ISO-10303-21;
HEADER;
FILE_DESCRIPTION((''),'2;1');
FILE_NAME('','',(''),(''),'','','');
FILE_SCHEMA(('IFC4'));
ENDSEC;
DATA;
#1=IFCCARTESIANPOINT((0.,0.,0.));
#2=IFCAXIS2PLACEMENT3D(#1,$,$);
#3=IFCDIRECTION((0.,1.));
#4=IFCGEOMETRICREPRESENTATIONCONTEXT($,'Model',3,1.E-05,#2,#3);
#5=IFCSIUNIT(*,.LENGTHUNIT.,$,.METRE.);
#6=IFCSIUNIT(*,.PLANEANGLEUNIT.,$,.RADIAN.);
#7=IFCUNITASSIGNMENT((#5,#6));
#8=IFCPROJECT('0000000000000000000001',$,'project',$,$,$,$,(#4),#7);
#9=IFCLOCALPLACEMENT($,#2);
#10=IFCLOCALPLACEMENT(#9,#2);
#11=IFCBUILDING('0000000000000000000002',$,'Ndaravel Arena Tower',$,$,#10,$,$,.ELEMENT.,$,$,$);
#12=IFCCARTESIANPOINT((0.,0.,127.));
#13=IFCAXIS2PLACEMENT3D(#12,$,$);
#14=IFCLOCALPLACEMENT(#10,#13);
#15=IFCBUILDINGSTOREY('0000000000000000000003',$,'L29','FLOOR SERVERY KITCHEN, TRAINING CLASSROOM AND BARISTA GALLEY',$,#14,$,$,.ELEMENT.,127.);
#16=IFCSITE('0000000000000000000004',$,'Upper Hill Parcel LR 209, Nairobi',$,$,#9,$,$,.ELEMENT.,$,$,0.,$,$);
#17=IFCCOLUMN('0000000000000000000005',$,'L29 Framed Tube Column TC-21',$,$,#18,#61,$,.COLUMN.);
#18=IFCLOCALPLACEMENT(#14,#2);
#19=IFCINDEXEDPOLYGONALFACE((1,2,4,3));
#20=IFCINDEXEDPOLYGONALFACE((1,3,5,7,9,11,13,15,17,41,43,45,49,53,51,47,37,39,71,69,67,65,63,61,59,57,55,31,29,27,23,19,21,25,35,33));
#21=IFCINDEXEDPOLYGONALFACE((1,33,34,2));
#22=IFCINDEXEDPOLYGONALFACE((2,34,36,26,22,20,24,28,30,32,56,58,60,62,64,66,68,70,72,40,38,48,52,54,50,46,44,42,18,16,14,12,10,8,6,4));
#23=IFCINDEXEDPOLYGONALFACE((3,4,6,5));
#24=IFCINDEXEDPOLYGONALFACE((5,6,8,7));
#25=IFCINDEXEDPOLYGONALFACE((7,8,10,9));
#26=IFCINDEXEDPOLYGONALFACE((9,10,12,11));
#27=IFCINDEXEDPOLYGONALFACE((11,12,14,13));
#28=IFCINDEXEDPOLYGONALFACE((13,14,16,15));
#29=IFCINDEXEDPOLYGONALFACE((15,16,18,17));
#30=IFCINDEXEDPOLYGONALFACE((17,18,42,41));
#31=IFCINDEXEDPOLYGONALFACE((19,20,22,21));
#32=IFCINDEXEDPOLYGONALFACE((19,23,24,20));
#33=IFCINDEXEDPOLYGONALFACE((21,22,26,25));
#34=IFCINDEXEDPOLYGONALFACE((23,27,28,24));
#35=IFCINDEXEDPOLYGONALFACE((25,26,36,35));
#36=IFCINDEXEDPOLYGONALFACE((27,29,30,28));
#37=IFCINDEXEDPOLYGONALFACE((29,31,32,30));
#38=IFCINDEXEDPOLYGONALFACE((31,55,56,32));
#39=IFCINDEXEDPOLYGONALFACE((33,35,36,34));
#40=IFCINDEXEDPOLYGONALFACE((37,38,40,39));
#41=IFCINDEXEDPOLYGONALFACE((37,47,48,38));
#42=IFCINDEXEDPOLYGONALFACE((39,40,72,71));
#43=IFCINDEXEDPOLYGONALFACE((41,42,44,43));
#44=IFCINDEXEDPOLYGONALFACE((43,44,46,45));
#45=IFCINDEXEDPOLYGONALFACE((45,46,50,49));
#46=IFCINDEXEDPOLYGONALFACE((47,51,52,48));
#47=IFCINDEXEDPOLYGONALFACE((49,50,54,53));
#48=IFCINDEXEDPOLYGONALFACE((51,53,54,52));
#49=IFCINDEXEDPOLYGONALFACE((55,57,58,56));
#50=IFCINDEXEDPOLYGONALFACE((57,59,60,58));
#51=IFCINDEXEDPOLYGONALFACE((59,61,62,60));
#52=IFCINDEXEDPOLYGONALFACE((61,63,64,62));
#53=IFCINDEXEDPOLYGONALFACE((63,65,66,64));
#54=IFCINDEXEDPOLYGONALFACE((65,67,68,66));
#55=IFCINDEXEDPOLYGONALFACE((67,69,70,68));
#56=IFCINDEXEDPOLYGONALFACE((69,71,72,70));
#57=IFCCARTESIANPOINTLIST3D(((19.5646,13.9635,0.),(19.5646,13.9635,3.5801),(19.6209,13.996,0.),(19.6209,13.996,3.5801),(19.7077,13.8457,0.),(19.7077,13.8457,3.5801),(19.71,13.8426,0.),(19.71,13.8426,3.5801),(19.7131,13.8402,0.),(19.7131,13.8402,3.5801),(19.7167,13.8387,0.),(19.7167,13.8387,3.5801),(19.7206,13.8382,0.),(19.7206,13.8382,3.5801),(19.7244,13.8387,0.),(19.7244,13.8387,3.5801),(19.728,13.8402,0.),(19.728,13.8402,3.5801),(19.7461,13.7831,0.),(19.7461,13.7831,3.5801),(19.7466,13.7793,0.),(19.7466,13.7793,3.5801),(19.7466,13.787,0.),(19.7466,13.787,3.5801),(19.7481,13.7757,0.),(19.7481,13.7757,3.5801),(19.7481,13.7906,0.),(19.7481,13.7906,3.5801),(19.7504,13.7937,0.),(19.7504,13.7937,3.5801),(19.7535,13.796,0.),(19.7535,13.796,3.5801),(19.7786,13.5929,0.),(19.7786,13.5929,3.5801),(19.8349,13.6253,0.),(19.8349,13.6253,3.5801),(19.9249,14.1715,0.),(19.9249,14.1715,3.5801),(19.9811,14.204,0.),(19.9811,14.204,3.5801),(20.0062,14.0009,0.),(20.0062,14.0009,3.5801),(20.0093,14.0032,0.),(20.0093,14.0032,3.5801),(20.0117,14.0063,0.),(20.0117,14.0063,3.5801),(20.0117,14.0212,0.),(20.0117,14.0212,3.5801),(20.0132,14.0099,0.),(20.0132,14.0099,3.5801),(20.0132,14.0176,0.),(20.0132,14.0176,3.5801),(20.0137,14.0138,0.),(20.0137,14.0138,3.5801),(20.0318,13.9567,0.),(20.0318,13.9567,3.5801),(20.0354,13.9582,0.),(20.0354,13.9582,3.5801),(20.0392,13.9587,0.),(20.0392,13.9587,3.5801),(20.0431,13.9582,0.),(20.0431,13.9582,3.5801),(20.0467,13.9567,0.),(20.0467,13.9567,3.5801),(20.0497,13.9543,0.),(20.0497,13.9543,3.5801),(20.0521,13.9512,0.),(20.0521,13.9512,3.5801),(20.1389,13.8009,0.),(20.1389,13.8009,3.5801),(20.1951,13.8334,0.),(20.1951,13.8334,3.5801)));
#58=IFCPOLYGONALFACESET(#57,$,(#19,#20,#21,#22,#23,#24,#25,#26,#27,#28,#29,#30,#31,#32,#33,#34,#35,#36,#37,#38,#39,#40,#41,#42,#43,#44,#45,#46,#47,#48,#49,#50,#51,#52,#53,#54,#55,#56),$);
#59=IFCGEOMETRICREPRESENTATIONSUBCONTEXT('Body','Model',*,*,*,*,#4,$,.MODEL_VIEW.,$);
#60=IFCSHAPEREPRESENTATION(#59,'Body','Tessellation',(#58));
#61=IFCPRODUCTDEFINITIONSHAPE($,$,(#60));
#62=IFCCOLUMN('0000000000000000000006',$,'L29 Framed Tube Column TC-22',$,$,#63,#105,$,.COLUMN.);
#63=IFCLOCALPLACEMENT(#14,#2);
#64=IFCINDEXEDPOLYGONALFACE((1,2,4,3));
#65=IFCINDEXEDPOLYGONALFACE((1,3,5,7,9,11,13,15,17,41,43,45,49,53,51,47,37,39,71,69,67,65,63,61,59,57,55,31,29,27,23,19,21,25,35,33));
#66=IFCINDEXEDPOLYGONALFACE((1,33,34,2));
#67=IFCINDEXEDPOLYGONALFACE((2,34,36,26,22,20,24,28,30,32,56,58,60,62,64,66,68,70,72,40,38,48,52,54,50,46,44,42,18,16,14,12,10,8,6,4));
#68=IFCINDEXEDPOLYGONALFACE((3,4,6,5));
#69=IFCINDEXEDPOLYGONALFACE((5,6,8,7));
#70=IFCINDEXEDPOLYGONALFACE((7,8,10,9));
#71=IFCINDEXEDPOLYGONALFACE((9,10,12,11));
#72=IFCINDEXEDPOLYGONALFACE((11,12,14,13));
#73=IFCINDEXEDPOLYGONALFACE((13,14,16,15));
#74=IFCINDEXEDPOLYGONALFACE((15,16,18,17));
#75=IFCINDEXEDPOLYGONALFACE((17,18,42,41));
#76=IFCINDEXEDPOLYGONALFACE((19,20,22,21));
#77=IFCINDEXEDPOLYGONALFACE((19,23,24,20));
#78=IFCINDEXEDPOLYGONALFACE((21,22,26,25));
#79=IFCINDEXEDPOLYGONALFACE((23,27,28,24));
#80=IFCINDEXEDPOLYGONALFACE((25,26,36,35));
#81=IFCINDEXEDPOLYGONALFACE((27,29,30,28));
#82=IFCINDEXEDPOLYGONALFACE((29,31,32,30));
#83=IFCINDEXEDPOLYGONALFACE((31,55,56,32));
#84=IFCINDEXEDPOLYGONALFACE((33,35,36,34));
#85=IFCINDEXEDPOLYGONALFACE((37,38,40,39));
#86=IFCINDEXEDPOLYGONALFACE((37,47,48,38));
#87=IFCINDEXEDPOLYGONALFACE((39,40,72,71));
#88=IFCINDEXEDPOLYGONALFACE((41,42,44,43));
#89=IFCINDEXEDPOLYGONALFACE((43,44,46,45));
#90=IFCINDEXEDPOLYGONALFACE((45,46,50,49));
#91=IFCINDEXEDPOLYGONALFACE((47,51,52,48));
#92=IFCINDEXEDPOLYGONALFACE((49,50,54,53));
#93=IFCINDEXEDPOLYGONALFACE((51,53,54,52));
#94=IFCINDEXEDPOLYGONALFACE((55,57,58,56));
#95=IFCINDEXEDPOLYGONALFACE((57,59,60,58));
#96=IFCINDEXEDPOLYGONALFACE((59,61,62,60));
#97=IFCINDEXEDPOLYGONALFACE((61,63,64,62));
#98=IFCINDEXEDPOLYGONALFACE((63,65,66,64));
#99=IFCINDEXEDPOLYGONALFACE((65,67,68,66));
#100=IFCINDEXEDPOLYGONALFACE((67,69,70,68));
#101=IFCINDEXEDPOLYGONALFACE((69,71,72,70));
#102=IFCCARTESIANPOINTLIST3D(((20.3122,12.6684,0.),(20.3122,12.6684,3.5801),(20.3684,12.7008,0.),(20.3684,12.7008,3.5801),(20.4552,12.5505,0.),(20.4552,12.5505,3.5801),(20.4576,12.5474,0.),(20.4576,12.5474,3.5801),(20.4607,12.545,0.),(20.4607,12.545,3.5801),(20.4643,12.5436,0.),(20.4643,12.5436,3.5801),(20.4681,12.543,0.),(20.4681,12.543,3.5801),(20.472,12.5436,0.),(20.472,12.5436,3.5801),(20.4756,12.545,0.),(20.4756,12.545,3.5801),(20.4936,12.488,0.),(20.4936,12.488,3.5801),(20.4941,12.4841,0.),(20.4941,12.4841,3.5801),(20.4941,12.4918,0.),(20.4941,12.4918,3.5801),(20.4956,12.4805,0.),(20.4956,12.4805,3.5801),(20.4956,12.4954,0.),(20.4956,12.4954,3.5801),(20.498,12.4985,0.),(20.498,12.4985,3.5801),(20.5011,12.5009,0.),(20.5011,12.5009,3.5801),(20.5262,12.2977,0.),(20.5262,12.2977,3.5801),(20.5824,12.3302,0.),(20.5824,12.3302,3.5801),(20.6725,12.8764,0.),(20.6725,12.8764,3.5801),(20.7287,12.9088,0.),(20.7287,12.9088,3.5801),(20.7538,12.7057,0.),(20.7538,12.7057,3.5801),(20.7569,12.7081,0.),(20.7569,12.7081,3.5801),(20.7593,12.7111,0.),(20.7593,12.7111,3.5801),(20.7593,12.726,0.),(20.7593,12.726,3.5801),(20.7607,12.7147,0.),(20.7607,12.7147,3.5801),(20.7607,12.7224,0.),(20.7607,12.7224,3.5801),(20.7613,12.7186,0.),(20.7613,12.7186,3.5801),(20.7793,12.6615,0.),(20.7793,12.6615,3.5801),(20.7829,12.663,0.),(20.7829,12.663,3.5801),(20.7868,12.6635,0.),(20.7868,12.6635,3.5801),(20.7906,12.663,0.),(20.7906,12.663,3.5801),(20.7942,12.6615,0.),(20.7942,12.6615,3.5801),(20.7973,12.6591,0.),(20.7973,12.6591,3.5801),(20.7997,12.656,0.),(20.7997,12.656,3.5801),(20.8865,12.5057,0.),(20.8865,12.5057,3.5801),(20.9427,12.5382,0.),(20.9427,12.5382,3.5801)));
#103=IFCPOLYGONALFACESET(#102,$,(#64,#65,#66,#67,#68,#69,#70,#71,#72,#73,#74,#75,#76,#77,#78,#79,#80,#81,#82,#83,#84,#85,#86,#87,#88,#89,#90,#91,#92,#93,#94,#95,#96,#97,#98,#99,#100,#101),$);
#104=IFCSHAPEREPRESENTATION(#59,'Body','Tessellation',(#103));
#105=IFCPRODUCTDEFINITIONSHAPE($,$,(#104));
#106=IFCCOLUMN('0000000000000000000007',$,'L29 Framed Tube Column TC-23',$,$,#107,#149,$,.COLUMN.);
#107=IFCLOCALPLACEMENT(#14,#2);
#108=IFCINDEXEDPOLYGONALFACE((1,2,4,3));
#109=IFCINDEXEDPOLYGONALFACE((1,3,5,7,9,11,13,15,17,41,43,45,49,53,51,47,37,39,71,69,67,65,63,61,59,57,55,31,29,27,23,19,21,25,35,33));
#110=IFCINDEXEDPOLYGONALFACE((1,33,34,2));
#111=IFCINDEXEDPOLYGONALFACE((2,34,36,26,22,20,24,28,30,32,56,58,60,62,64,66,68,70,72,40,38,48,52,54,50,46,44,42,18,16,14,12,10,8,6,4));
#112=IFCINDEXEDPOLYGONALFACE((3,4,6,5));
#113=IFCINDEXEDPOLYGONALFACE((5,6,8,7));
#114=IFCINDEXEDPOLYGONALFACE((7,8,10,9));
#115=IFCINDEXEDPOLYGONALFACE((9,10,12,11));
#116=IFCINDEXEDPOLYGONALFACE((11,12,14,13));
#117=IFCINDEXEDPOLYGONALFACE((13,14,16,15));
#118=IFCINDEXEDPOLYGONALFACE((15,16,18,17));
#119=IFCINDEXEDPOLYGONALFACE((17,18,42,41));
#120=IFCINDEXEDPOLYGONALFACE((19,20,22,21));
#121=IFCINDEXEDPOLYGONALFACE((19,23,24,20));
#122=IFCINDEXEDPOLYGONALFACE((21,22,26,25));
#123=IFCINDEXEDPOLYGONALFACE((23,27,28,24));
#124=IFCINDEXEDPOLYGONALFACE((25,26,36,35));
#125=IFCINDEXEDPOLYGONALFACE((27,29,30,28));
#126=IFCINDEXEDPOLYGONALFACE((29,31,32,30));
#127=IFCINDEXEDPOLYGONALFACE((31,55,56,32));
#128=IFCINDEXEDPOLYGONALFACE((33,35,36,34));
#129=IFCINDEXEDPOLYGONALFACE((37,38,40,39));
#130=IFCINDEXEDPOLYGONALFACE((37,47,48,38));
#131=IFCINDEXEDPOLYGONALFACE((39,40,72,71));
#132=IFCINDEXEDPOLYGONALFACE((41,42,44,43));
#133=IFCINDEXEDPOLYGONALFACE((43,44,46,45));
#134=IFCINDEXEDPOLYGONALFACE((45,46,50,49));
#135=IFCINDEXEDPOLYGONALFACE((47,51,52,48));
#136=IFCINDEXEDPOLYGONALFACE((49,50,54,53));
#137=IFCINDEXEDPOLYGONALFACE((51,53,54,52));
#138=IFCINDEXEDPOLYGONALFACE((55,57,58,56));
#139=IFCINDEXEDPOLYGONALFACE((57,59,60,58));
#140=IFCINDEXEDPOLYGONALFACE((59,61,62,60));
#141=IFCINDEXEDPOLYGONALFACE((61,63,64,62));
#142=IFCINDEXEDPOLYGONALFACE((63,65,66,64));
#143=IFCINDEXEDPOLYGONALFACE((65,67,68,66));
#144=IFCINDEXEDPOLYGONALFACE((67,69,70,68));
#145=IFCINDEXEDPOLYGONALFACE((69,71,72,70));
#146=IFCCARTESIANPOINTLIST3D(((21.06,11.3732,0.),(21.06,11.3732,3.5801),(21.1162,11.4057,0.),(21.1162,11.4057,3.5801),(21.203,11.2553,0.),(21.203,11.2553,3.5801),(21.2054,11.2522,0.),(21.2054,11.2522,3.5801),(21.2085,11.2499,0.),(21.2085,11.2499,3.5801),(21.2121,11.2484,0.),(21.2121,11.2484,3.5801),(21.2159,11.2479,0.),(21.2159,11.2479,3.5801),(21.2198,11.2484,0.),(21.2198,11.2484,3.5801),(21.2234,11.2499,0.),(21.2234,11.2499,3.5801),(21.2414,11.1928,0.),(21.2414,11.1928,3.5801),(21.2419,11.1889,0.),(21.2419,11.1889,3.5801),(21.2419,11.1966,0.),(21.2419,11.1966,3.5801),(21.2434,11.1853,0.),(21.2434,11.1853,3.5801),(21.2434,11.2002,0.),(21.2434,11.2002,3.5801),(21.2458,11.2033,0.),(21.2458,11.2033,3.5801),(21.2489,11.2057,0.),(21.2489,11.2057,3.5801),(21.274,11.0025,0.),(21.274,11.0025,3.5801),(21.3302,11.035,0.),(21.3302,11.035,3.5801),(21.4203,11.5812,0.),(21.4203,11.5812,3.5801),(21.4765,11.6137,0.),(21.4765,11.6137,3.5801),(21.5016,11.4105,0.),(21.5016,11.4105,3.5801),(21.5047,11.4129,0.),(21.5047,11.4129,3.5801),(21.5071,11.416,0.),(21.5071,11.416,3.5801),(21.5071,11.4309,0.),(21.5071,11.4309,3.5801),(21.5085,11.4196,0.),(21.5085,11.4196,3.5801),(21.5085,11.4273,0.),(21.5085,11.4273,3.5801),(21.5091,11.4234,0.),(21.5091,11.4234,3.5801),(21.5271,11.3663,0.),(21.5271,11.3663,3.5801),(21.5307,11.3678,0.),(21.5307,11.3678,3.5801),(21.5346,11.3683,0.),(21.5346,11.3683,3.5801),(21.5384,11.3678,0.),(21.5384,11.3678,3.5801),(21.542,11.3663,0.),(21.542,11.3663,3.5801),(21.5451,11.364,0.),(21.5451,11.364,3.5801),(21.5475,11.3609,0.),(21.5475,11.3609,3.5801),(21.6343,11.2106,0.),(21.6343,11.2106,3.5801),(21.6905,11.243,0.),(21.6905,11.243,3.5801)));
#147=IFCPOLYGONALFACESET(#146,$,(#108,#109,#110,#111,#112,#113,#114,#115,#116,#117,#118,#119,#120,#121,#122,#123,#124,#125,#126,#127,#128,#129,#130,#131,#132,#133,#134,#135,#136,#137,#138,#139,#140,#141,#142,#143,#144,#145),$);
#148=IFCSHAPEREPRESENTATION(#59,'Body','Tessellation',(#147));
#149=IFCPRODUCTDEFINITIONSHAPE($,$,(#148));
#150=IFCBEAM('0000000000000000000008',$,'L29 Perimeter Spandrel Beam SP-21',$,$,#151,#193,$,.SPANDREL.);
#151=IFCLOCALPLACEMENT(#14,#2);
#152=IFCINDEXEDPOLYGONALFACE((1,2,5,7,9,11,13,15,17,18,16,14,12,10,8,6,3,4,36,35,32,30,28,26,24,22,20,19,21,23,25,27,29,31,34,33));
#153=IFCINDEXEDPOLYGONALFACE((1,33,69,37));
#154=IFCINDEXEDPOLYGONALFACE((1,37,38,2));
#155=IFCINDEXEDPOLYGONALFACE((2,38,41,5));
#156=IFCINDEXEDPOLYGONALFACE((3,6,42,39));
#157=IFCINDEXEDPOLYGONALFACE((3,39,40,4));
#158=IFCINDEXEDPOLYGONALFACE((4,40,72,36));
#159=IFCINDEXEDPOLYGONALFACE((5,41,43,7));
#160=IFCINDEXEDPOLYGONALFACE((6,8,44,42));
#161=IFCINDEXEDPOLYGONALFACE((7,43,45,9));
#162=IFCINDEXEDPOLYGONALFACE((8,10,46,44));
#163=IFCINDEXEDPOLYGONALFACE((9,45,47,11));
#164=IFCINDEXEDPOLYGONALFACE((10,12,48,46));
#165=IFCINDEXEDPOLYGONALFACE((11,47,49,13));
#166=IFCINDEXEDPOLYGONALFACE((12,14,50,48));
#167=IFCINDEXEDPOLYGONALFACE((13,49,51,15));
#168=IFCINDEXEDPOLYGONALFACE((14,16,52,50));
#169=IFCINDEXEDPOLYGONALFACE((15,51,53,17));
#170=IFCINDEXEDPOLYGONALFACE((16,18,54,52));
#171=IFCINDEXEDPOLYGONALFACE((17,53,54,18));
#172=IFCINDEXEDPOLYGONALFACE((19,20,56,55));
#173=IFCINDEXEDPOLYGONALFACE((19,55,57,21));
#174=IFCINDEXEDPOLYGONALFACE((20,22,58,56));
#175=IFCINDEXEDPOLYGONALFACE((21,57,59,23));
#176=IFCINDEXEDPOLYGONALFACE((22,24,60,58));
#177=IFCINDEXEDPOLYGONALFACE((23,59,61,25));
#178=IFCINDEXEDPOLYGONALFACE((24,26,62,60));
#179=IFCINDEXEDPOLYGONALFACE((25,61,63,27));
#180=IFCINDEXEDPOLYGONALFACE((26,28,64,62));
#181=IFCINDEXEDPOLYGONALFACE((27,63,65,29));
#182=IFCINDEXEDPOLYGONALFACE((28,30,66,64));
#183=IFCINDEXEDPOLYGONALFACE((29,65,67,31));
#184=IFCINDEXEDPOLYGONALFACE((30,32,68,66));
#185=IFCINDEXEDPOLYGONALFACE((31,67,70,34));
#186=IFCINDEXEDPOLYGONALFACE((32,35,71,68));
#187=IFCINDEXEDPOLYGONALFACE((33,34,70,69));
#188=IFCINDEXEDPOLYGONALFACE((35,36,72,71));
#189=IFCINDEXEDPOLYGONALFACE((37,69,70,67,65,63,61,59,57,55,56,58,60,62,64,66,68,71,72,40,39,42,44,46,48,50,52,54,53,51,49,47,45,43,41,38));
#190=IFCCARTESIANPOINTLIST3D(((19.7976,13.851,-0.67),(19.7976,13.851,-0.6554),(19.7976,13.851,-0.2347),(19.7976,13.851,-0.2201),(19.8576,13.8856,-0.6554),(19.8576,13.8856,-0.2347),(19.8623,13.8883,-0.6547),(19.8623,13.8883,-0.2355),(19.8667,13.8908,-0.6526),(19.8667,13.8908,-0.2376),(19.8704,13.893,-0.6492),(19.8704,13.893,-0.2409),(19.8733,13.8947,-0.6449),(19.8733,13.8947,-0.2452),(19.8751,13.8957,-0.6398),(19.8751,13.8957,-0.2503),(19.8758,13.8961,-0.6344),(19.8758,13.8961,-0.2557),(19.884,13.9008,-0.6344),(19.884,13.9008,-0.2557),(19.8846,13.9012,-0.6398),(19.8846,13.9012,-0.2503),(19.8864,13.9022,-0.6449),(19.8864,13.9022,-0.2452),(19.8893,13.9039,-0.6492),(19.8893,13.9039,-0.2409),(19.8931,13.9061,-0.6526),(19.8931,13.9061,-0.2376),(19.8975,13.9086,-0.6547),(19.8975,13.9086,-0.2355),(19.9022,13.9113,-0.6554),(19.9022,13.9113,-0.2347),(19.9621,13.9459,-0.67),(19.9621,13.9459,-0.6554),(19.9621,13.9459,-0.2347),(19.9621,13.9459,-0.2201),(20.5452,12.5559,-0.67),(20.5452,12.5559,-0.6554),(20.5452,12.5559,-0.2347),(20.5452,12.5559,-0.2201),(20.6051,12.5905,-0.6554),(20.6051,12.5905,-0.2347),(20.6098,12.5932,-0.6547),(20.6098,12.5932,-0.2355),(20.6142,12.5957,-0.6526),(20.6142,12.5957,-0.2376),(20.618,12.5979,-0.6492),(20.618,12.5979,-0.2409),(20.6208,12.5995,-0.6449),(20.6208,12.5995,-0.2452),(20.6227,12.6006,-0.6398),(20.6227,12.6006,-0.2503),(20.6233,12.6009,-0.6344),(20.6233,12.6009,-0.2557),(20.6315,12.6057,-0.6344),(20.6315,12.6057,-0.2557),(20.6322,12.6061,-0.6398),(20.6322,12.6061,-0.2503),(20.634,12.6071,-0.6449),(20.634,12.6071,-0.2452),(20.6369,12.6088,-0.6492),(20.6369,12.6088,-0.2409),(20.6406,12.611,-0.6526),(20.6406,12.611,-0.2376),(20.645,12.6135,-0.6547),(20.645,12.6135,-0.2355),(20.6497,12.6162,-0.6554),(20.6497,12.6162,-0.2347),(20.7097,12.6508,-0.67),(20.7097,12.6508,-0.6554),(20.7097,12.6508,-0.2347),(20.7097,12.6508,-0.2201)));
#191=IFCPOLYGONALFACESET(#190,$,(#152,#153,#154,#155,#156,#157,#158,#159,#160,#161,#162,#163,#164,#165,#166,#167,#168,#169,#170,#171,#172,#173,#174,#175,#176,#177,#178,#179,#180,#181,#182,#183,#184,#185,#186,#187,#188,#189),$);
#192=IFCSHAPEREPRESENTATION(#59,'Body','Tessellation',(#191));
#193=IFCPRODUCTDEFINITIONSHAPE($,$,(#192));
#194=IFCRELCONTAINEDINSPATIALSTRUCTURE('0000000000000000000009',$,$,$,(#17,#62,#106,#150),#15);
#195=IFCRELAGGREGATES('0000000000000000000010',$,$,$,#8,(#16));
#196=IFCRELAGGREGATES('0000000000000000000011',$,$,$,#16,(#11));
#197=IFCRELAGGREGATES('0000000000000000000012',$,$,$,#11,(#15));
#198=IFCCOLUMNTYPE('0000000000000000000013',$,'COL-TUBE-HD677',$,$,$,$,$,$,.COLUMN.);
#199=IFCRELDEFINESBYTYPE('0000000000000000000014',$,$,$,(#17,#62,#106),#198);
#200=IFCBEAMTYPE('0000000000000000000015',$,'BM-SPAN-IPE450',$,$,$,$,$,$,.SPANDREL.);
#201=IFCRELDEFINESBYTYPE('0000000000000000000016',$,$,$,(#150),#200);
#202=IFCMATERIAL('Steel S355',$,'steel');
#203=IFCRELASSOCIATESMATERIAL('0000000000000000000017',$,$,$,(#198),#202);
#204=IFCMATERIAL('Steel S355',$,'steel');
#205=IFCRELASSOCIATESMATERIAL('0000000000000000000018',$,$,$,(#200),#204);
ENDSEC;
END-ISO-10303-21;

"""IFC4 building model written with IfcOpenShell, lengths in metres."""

from ifc_helpers import new_model, si_unit, direction, frame, origin, origin_2d, place, context, subcontext, project, spatial, i_section, extrude, material, material_profile, profile_set, type_object, element, save


model = new_model("IFC4")

# Units and contexts
model_context = context("Model", 3, precision=1e-05, world=origin(), true_north=direction((0.0, 1.0)))
body_context = subcontext(model_context, "Body", "Model", "MODEL_VIEW")
ifc_project = project(units=[si_unit("LENGTHUNIT", "METRE"), si_unit("PLANEANGLEUNIT", "RADIAN")], contexts=[model_context])

# Site, building, storey
site_placement = place(None, origin())
site = spatial("IfcSite", under=ifc_project, at=site_placement, Name="Upper Hill Parcel LR 209, Nairobi", CompositionType="ELEMENT", RefElevation=0.0)
building_placement = place(site_placement, origin())
building = spatial("IfcBuilding", under=site, at=building_placement, Name="Ndaravel Arena Tower", CompositionType="ELEMENT")
storey_placement = place(building_placement, frame((0.0, 0.0, 127.0)))
storey = spatial("IfcBuildingStorey", under=building, at=storey_placement, Name="L29", Description="FLOOR SERVERY KITCHEN, TRAINING CLASSROOM AND BARISTA GALLEY", CompositionType="ELEMENT", Elevation=127.0)

# Columns
ifc_material_1 = material(Name="Steel S355", Category="steel")
ifc_material_profile_1 = material_profile(ifc_material_1, i_section(OverallWidth=0.428, OverallDepth=0.481, WebThickness=0.051, FlangeThickness=0.0649, FilletRadius=0.0149, at=origin_2d()), Name="HD 400x677")
ifc_profile_set_1 = profile_set([ifc_material_profile_1], Name="Steel S355")
column_type = type_object("IfcColumnType", Name="COL-TUBE-HD677", PredefinedType="COLUMN", material=ifc_profile_set_1)
for number, where, z_axis, x_axis, name in (
    (1, (19.8799, 13.8984, 0.0), (0.0, 0.0, 1.0), (-0.5, 0.866025, 0.0), "L29 Framed Tube Column TC-21"),
    (2, (20.6274, 12.6033, 0.0), (0.0, 0.0, 1.0), (-0.5, 0.866025, 0.0), "L29 Framed Tube Column TC-22"),
    (3, (21.3752, 11.3081, 0.0), (0.0, 0.0, 1.0), (-0.5, 0.866025, 0.0), "L29 Framed Tube Column TC-23"),
):
    element("IfcColumn", number, at=place(storey_placement, frame(where, z_axis=z_axis, x_axis=x_axis)), inside=storey, type_object=column_type, Name=name, PredefinedType="COLUMN", context=body_context, shape_type="SweptSolid", body=[
        extrude(i_section(OverallWidth=0.428, OverallDepth=0.481, WebThickness=0.051, FlangeThickness=0.0649, FilletRadius=0.0149, at=origin_2d()), origin(), (0.0, 0.0, 1.0), 3.5801),
    ])

# Beam
ifc_material_2 = material(Name="Steel S355", Category="steel")
ifc_material_profile_2 = material_profile(ifc_material_2, i_section(OverallWidth=0.1899, OverallDepth=0.45, WebThickness=0.0095, FlangeThickness=0.0146, FilletRadius=0.021, at=origin_2d()), Name="IPE 450")
ifc_profile_set_2 = profile_set([ifc_material_profile_2], Name="Steel S355")
beam_type = type_object("IfcBeamType", Name="BM-SPAN-IPE450", PredefinedType="SPANDREL", material=ifc_profile_set_2)
beam_placement = place(storey_placement, frame((19.8799, 13.8984, -0.4451), z_axis=(0.499897, -0.866085, 0.0), x_axis=(0.866085, 0.499897, 0.0)))
element("IfcBeam", 4, at=beam_placement, inside=storey, type_object=beam_type, Name="L29 Perimeter Spandrel Beam SP-21", PredefinedType="SPANDREL", context=body_context, shape_type="SweptSolid", body=[
    extrude(i_section(OverallWidth=0.1899, OverallDepth=0.45, WebThickness=0.0095, FlangeThickness=0.0146, FilletRadius=0.021, at=origin_2d()), origin(), (0.0, 0.0, 1.0), 1.4954),
])

save(model, "model.ifc")
